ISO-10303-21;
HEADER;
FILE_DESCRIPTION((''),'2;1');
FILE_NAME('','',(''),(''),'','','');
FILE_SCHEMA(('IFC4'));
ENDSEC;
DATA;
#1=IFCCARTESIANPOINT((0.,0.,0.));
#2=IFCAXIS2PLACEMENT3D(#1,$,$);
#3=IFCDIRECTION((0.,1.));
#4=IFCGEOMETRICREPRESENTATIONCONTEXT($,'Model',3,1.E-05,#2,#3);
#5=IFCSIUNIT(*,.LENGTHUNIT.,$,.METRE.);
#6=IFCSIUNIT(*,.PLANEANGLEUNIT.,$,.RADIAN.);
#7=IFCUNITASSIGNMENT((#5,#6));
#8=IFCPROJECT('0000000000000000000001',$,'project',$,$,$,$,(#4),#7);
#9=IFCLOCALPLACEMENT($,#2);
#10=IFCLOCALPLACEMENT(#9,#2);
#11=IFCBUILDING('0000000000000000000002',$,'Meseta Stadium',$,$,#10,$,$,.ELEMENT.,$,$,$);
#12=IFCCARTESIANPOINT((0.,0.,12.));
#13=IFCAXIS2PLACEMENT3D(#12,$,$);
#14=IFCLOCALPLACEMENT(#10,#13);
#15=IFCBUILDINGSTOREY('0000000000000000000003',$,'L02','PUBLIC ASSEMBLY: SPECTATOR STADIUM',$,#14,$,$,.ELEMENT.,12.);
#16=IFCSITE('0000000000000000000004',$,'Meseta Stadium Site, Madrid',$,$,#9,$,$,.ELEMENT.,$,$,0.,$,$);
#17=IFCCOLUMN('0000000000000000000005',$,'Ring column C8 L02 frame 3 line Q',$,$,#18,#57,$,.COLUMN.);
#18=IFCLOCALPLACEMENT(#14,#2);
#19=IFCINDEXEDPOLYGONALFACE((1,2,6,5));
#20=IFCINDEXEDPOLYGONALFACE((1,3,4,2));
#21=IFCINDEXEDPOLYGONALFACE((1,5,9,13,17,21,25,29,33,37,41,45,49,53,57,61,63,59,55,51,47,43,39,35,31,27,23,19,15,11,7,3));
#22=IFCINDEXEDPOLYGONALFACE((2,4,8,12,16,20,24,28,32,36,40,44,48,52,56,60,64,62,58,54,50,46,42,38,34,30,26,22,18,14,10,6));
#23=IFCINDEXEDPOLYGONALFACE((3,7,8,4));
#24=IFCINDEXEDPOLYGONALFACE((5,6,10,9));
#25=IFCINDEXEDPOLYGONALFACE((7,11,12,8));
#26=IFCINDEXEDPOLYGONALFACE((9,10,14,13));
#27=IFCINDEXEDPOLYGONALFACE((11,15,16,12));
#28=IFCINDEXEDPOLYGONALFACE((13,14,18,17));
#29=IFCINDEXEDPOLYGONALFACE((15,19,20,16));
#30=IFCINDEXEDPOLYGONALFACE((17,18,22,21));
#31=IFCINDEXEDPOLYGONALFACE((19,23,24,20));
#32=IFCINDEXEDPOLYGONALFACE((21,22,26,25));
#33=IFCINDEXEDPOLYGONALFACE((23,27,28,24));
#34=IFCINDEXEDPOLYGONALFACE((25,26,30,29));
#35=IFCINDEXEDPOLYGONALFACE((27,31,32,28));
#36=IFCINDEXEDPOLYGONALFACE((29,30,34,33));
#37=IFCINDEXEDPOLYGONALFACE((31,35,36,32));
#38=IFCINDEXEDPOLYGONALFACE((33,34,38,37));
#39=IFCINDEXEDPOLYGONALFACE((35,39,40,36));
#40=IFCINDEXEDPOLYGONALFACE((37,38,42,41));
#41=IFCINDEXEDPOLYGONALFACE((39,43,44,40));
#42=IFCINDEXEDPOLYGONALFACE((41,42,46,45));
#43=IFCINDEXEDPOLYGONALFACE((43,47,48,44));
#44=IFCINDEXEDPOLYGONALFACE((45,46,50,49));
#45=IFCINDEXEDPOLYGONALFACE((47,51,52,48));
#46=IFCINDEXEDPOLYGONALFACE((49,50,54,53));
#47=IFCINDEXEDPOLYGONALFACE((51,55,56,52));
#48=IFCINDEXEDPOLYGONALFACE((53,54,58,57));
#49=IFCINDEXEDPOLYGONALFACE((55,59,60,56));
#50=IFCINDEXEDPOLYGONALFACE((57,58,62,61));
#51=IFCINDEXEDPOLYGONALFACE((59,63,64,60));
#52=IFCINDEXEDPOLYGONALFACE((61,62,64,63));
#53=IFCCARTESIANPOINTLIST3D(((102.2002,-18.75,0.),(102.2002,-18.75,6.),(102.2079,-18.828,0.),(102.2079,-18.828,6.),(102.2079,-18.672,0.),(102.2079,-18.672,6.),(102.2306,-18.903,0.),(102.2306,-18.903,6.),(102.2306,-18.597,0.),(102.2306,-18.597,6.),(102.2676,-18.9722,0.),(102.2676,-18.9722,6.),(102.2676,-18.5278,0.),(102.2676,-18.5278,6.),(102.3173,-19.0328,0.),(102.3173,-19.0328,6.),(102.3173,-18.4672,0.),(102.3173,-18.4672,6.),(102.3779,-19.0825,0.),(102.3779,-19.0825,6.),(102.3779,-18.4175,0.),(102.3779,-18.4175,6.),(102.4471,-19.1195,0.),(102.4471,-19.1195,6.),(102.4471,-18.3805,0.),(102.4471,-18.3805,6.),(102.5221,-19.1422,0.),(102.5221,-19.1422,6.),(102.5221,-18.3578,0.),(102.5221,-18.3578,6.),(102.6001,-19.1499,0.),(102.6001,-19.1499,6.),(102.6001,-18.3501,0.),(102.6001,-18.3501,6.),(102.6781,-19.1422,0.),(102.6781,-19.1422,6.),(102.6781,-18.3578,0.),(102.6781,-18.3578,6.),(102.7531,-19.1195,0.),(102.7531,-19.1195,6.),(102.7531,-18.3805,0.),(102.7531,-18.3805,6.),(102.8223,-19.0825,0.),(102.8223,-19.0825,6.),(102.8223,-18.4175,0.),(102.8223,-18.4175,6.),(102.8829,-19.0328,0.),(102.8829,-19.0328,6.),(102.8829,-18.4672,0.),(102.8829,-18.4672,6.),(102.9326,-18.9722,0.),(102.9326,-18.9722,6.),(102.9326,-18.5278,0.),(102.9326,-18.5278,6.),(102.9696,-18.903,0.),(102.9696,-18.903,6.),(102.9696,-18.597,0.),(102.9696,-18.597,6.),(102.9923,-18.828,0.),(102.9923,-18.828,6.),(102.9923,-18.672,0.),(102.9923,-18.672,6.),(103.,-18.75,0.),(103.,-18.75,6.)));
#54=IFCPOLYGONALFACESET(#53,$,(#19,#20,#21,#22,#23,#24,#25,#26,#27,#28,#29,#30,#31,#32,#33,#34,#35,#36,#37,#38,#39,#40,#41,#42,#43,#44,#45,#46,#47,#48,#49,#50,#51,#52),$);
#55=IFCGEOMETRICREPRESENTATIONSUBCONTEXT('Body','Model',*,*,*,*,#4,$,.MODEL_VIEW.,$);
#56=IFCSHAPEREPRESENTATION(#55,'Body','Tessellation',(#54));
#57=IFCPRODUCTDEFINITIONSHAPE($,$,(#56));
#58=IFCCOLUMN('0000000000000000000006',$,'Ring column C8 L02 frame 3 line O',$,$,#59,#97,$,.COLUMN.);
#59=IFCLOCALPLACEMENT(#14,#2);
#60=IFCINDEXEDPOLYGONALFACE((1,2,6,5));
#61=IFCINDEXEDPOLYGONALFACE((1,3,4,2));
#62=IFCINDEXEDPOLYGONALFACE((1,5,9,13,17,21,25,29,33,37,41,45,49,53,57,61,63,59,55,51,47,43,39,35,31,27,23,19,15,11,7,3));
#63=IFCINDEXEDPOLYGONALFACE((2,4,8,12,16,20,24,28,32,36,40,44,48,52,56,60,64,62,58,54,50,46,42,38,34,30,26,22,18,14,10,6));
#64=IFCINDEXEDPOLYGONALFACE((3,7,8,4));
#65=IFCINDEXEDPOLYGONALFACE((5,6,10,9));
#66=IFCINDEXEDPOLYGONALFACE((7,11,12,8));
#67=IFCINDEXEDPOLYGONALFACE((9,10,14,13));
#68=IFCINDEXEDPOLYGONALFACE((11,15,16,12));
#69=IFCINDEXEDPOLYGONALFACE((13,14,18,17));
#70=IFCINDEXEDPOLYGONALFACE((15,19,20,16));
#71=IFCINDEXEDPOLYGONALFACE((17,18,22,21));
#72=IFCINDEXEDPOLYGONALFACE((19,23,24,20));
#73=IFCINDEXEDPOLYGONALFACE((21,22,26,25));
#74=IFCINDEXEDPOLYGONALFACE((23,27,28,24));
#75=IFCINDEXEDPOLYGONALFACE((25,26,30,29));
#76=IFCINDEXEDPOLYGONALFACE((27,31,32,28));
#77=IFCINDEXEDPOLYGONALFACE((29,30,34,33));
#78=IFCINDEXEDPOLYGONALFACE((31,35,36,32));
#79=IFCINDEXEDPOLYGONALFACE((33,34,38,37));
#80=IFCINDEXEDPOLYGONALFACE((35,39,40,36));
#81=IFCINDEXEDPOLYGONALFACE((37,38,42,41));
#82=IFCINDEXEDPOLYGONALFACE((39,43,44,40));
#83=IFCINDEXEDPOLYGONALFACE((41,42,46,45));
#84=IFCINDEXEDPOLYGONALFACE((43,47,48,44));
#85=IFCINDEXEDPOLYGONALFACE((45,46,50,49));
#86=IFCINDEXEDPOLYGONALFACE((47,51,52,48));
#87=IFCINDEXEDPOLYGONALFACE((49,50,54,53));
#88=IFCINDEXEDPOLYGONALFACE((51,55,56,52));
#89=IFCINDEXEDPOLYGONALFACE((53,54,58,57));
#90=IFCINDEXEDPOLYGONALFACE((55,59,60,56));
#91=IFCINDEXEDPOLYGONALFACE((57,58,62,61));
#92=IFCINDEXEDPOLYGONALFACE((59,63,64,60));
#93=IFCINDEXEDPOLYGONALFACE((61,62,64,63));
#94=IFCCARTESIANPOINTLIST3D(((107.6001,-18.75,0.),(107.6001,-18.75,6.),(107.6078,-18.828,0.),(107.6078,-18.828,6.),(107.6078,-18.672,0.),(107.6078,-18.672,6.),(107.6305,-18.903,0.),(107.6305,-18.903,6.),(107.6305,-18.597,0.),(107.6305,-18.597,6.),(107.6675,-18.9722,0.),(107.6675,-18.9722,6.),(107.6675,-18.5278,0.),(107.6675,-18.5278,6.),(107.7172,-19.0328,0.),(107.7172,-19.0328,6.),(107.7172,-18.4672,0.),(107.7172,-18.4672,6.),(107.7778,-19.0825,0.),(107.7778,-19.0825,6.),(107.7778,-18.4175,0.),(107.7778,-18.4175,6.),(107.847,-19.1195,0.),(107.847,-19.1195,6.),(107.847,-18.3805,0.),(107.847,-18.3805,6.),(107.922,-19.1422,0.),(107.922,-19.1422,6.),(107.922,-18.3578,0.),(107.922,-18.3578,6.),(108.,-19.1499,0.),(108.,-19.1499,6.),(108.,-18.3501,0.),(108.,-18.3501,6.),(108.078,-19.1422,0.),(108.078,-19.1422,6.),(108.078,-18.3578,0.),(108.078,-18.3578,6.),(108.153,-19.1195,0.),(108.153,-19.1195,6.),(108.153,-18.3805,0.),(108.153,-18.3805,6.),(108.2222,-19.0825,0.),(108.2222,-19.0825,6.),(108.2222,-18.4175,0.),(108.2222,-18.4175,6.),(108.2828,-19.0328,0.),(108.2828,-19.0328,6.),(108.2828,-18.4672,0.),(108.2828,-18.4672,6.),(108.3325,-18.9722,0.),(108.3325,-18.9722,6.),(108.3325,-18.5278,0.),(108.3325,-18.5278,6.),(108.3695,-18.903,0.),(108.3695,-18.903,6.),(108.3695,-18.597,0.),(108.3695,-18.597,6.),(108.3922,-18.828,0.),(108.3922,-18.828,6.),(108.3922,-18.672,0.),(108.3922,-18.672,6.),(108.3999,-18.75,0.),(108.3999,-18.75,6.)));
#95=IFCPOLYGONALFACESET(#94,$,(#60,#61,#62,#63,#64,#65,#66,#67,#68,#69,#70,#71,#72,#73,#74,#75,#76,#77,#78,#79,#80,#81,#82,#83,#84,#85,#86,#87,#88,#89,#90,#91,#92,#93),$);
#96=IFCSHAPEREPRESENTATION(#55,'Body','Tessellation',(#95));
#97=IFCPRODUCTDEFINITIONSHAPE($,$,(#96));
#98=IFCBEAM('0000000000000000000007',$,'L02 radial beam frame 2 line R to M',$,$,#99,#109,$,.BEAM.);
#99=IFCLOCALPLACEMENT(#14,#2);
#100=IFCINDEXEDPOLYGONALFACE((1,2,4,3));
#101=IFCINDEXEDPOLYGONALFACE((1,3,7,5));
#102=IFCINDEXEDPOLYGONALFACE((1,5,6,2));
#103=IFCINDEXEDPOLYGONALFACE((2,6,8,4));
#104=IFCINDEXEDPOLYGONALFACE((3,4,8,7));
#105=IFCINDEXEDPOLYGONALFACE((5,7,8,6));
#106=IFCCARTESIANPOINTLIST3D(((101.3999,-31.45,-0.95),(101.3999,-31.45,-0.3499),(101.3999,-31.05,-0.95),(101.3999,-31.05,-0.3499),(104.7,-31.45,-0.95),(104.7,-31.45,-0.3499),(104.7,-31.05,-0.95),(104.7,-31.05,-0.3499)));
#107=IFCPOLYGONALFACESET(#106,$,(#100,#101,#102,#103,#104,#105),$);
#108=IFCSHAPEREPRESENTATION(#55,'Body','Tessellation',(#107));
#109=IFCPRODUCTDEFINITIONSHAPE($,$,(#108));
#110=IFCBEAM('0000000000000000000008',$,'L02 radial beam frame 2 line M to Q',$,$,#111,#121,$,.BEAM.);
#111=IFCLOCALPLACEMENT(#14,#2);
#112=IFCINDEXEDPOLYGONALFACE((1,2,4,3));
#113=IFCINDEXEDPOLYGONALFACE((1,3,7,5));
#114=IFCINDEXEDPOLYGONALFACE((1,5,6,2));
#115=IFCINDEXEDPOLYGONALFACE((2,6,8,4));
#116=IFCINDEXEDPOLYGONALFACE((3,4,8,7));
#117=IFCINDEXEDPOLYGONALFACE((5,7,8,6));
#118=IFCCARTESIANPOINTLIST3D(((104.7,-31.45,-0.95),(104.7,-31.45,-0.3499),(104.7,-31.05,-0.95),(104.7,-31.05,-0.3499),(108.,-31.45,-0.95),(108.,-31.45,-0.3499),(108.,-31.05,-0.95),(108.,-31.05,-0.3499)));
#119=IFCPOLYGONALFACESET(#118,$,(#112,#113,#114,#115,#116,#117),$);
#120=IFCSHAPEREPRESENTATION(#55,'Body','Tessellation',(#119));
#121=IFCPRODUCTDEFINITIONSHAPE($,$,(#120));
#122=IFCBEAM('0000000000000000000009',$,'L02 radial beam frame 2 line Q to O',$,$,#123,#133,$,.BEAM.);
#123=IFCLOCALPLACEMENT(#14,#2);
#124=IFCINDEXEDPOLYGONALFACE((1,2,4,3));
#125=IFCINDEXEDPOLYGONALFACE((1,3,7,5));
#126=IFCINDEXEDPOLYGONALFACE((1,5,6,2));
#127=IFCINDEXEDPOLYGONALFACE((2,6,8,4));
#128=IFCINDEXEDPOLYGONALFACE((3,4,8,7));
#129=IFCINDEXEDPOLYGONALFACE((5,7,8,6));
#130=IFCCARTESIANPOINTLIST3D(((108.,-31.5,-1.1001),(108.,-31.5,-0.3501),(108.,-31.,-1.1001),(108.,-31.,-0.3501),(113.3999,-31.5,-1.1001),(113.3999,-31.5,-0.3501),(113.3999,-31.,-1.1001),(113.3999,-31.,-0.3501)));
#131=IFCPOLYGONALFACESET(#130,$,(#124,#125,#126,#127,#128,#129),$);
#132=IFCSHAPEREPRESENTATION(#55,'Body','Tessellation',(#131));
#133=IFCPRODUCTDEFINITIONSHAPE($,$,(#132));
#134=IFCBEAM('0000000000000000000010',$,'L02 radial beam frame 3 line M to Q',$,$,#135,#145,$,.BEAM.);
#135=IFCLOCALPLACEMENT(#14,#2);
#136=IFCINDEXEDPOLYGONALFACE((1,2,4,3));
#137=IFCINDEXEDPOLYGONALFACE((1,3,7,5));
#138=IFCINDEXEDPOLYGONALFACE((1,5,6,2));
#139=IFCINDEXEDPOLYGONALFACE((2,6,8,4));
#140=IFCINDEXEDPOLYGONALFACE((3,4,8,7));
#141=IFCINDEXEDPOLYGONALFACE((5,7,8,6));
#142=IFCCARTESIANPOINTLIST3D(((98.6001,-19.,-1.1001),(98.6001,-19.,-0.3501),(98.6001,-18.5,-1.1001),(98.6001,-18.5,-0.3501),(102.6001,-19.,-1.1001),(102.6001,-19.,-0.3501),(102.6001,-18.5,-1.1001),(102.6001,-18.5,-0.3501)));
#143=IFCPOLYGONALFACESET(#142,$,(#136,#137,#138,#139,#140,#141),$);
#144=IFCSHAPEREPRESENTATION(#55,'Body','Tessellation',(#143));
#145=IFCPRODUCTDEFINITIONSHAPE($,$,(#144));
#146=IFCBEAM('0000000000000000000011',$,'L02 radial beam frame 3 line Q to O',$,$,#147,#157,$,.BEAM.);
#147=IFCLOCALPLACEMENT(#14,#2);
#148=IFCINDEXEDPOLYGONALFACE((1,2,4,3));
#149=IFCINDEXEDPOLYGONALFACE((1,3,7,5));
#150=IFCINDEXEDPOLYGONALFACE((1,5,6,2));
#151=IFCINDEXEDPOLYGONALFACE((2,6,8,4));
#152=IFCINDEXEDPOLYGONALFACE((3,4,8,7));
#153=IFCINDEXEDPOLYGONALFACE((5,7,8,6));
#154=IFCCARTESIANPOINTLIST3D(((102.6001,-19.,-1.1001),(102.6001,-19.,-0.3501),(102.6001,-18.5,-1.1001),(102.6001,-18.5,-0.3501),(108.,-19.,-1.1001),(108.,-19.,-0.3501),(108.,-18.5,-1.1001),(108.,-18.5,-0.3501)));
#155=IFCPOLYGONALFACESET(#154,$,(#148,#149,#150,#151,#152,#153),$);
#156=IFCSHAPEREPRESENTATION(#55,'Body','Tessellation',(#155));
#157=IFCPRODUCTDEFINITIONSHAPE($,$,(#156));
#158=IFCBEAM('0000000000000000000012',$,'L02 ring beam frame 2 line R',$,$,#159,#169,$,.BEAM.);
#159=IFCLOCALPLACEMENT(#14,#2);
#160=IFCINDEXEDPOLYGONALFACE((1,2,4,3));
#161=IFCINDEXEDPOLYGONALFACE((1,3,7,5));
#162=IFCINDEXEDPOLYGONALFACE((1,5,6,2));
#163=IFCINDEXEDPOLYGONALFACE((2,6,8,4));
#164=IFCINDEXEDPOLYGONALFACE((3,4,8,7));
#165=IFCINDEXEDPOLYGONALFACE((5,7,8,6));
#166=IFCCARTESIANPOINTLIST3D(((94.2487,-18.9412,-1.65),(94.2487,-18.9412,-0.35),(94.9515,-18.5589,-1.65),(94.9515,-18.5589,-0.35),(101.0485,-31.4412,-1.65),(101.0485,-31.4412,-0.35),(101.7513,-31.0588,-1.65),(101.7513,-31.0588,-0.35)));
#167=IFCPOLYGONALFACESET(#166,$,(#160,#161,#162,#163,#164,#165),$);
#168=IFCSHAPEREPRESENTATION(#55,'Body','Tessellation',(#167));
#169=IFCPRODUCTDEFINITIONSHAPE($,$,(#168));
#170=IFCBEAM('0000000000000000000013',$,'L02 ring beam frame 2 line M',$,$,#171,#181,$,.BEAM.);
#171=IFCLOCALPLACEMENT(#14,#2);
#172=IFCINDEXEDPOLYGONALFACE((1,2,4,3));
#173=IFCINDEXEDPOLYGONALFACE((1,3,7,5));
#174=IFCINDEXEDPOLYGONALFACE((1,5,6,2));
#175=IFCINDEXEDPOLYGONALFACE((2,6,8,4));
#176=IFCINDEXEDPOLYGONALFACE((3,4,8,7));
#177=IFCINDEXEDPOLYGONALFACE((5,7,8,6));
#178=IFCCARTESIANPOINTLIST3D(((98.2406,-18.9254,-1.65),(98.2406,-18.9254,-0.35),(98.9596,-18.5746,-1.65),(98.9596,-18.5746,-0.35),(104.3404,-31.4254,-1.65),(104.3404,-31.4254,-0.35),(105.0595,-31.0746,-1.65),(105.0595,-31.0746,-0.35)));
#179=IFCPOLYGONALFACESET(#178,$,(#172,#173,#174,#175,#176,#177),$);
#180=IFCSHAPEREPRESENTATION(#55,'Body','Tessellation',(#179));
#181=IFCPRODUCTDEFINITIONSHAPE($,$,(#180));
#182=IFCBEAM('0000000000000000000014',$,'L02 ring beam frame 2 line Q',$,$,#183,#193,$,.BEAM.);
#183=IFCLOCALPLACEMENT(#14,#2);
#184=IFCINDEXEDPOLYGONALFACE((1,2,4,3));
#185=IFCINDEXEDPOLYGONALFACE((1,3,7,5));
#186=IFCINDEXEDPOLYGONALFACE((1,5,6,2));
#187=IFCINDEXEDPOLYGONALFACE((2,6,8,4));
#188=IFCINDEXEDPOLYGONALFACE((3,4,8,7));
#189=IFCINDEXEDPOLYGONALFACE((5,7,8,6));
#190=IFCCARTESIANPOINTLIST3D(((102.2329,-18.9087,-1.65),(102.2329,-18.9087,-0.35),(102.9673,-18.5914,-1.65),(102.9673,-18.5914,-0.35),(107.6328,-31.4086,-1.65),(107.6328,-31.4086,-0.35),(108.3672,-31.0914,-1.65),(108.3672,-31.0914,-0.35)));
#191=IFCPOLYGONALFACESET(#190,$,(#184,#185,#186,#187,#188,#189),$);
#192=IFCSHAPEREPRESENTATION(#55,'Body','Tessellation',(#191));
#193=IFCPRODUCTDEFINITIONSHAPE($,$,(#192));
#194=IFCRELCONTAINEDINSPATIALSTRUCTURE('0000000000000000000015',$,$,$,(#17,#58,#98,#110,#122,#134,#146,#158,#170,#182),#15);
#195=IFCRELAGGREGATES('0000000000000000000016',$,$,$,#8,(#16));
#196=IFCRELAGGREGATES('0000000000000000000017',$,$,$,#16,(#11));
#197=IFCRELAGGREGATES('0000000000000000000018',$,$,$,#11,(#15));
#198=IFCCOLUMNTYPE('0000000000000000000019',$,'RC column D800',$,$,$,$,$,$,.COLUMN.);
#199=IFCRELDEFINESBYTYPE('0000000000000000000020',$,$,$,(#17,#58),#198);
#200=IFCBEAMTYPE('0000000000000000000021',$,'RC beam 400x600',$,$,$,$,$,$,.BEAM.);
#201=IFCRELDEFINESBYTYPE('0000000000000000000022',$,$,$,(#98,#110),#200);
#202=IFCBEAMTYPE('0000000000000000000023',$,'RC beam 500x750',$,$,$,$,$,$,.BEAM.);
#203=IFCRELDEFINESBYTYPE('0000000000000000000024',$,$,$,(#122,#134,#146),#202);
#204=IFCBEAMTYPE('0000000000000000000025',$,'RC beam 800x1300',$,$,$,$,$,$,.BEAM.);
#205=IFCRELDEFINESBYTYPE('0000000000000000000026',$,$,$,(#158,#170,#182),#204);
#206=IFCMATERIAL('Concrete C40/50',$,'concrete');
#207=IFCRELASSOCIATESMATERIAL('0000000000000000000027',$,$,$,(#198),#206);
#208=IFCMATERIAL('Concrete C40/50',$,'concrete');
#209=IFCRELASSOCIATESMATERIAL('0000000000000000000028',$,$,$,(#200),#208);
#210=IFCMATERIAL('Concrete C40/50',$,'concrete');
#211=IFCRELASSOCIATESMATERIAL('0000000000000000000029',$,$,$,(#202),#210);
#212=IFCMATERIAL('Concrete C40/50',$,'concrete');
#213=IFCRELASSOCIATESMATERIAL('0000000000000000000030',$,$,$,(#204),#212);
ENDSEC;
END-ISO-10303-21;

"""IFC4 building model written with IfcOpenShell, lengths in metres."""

from ifc_helpers import new_model, si_unit, direction, frame, origin, origin_2d, place, context, subcontext, project, spatial, rectangle, circle, extrude, material, material_profile, profile_set, type_object, element, save


model = new_model("IFC4")

# Units and contexts
model_context = context("Model", 3, precision=1e-05, world=origin(), true_north=direction((0.0, 1.0)))
body_context = subcontext(model_context, "Body", "Model", "MODEL_VIEW")
ifc_project = project(units=[si_unit("LENGTHUNIT", "METRE"), si_unit("PLANEANGLEUNIT", "RADIAN")], contexts=[model_context])

# Site, building, storey
site_placement = place(None, origin())
site = spatial("IfcSite", under=ifc_project, at=site_placement, Name="Meseta Stadium Site, Madrid", CompositionType="ELEMENT", RefElevation=0.0)
building_placement = place(site_placement, origin())
building = spatial("IfcBuilding", under=site, at=building_placement, Name="Meseta Stadium", CompositionType="ELEMENT")
storey_placement = place(building_placement, frame((0.0, 0.0, 12.0)))
storey = spatial("IfcBuildingStorey", under=building, at=storey_placement, Name="L02", Description="PUBLIC ASSEMBLY: SPECTATOR STADIUM", CompositionType="ELEMENT", Elevation=12.0)

# Columns
ifc_material_1 = material(Name="Concrete C40/50", Category="concrete")
ifc_material_profile_1 = material_profile(ifc_material_1, circle(Radius=0.3999, at=origin_2d()), Name="RC D800")
ifc_profile_set_1 = profile_set([ifc_material_profile_1], Name="Concrete C40/50")
column_type_1 = type_object("IfcColumnType", Name="RC column D800", PredefinedType="COLUMN", material=ifc_profile_set_1)
for number, where, z_axis, x_axis, name in (
    (1, (102.6001, -18.75, 0.0), (0.0, 0.0, 1.0), (1.0, 0.0, 0.0), "Ring column C8 L02 frame 3 line Q"),
    (2, (108.0, -18.75, 0.0), (0.0, 0.0, 1.0), (1.0, 0.0, 0.0), "Ring column C8 L02 frame 3 line O"),
):
    element("IfcColumn", number, at=place(storey_placement, frame(where, z_axis=z_axis, x_axis=x_axis)), inside=storey, type_object=column_type_1, Name=name, PredefinedType="COLUMN", context=body_context, shape_type="SweptSolid", body=[
        extrude(circle(Radius=0.3999, at=origin_2d()), origin(), (0.0, 0.0, 1.0), 6.0),
    ])

# Beams
ifc_material_2 = material(Name="Concrete C40/50", Category="concrete")
ifc_material_profile_2 = material_profile(ifc_material_2, rectangle(XDim=0.3999, YDim=0.6001, at=origin_2d()), Name="RC 400x600")
ifc_profile_set_2 = profile_set([ifc_material_profile_2], Name="Concrete C40/50")
beam_type_1 = type_object("IfcBeamType", Name="RC beam 400x600", PredefinedType="BEAM", material=ifc_profile_set_2)
for number, where, z_axis, x_axis, name in (
    (3, (101.3999, -31.25, -0.6499), (1.0, 0.0, 0.0), (0.0, 1.0, 0.0), "L02 radial beam frame 2 line R to M"),
    (4, (104.7, -31.25, -0.6499), (1.0, 0.0, 0.0), (0.0, 1.0, 0.0), "L02 radial beam frame 2 line M to Q"),
):
    element("IfcBeam", number, at=place(storey_placement, frame(where, z_axis=z_axis, x_axis=x_axis)), inside=storey, type_object=beam_type_1, Name=name, PredefinedType="BEAM", context=body_context, shape_type="SweptSolid", body=[
        extrude(rectangle(XDim=0.3999, YDim=0.6001, at=origin_2d()), origin(), (0.0, 0.0, 1.0), 3.3),
    ])
ifc_material_3 = material(Name="Concrete C40/50", Category="concrete")
ifc_material_profile_3 = material_profile(ifc_material_3, rectangle(XDim=0.5, YDim=0.75, at=origin_2d()), Name="RC 500x750")
ifc_profile_set_3 = profile_set([ifc_material_profile_3], Name="Concrete C40/50")
beam_type_2 = type_object("IfcBeamType", Name="RC beam 500x750", PredefinedType="BEAM", material=ifc_profile_set_3)
beam_1_placement = place(storey_placement, frame((108.0, -31.25, -0.7251), z_axis=(1.0, 0.0, 0.0), x_axis=(0.0, 1.0, 0.0)))
element("IfcBeam", 5, at=beam_1_placement, inside=storey, type_object=beam_type_2, Name="L02 radial beam frame 2 line Q to O", PredefinedType="BEAM", context=body_context, shape_type="SweptSolid", body=[
    extrude(rectangle(XDim=0.5, YDim=0.75, at=origin_2d()), origin(), (0.0, 0.0, 1.0), 5.3999),
])
beam_2_placement = place(storey_placement, frame((98.6001, -18.75, -0.7251), z_axis=(1.0, 0.0, 0.0), x_axis=(0.0, 1.0, 0.0)))
element("IfcBeam", 6, at=beam_2_placement, inside=storey, type_object=beam_type_2, Name="L02 radial beam frame 3 line M to Q", PredefinedType="BEAM", context=body_context, shape_type="SweptSolid", body=[
    extrude(rectangle(XDim=0.5, YDim=0.75, at=origin_2d()), origin(), (0.0, 0.0, 1.0), 4.0),
])
beam_3_placement = place(storey_placement, frame((102.6001, -18.75, -0.7251), z_axis=(1.0, 0.0, 0.0), x_axis=(0.0, 1.0, 0.0)))
element("IfcBeam", 7, at=beam_3_placement, inside=storey, type_object=beam_type_2, Name="L02 radial beam frame 3 line Q to O", PredefinedType="BEAM", context=body_context, shape_type="SweptSolid", body=[
    extrude(rectangle(XDim=0.5, YDim=0.75, at=origin_2d()), origin(), (0.0, 0.0, 1.0), 5.3999),
])
ifc_material_4 = material(Name="Concrete C40/50", Category="concrete")
ifc_material_profile_4 = material_profile(ifc_material_4, rectangle(XDim=0.8, YDim=1.3, at=origin_2d()), Name="RC 800x1300")
ifc_profile_set_4 = profile_set([ifc_material_profile_4], Name="Concrete C40/50")
beam_type_3 = type_object("IfcBeamType", Name="RC beam 800x1300", PredefinedType="BEAM", material=ifc_profile_set_4)
beam_4_placement = place(storey_placement, frame((101.3999, -31.25, -1.0), z_axis=(-0.477856, 0.878438, 0.0), x_axis=(-0.878438, -0.477856, 0.0)))
element("IfcBeam", 8, at=beam_4_placement, inside=storey, type_object=beam_type_3, Name="L02 ring beam frame 2 line R", PredefinedType="BEAM", context=body_context, shape_type="SweptSolid", body=[
    extrude(rectangle(XDim=0.8, YDim=1.3, at=origin_2d()), origin(), (0.0, 0.0, 1.0), 14.2297),
])
beam_5_placement = place(storey_placement, frame((104.7, -31.25, -1.0), z_axis=(-0.438557, 0.898703, 0.0), x_axis=(-0.898703, -0.438557, 0.0)))
element("IfcBeam", 9, at=beam_5_placement, inside=storey, type_object=beam_type_3, Name="L02 ring beam frame 2 line M", PredefinedType="BEAM", context=body_context, shape_type="SweptSolid", body=[
    extrude(rectangle(XDim=0.8, YDim=1.3, at=origin_2d()), origin(), (0.0, 0.0, 1.0), 13.9089),
])
beam_6_placement = place(storey_placement, frame((108.0, -31.25, -1.0), z_axis=(-0.396571, 0.918004, 0.0), x_axis=(-0.918004, -0.396571, 0.0)))
element("IfcBeam", 10, at=beam_6_placement, inside=storey, type_object=beam_type_3, Name="L02 ring beam frame 2 line Q", PredefinedType="BEAM", context=body_context, shape_type="SweptSolid", body=[
    extrude(rectangle(XDim=0.8, YDim=1.3, at=origin_2d()), origin(), (0.0, 0.0, 1.0), 13.6165),
])

save(model, "model.ifc")
